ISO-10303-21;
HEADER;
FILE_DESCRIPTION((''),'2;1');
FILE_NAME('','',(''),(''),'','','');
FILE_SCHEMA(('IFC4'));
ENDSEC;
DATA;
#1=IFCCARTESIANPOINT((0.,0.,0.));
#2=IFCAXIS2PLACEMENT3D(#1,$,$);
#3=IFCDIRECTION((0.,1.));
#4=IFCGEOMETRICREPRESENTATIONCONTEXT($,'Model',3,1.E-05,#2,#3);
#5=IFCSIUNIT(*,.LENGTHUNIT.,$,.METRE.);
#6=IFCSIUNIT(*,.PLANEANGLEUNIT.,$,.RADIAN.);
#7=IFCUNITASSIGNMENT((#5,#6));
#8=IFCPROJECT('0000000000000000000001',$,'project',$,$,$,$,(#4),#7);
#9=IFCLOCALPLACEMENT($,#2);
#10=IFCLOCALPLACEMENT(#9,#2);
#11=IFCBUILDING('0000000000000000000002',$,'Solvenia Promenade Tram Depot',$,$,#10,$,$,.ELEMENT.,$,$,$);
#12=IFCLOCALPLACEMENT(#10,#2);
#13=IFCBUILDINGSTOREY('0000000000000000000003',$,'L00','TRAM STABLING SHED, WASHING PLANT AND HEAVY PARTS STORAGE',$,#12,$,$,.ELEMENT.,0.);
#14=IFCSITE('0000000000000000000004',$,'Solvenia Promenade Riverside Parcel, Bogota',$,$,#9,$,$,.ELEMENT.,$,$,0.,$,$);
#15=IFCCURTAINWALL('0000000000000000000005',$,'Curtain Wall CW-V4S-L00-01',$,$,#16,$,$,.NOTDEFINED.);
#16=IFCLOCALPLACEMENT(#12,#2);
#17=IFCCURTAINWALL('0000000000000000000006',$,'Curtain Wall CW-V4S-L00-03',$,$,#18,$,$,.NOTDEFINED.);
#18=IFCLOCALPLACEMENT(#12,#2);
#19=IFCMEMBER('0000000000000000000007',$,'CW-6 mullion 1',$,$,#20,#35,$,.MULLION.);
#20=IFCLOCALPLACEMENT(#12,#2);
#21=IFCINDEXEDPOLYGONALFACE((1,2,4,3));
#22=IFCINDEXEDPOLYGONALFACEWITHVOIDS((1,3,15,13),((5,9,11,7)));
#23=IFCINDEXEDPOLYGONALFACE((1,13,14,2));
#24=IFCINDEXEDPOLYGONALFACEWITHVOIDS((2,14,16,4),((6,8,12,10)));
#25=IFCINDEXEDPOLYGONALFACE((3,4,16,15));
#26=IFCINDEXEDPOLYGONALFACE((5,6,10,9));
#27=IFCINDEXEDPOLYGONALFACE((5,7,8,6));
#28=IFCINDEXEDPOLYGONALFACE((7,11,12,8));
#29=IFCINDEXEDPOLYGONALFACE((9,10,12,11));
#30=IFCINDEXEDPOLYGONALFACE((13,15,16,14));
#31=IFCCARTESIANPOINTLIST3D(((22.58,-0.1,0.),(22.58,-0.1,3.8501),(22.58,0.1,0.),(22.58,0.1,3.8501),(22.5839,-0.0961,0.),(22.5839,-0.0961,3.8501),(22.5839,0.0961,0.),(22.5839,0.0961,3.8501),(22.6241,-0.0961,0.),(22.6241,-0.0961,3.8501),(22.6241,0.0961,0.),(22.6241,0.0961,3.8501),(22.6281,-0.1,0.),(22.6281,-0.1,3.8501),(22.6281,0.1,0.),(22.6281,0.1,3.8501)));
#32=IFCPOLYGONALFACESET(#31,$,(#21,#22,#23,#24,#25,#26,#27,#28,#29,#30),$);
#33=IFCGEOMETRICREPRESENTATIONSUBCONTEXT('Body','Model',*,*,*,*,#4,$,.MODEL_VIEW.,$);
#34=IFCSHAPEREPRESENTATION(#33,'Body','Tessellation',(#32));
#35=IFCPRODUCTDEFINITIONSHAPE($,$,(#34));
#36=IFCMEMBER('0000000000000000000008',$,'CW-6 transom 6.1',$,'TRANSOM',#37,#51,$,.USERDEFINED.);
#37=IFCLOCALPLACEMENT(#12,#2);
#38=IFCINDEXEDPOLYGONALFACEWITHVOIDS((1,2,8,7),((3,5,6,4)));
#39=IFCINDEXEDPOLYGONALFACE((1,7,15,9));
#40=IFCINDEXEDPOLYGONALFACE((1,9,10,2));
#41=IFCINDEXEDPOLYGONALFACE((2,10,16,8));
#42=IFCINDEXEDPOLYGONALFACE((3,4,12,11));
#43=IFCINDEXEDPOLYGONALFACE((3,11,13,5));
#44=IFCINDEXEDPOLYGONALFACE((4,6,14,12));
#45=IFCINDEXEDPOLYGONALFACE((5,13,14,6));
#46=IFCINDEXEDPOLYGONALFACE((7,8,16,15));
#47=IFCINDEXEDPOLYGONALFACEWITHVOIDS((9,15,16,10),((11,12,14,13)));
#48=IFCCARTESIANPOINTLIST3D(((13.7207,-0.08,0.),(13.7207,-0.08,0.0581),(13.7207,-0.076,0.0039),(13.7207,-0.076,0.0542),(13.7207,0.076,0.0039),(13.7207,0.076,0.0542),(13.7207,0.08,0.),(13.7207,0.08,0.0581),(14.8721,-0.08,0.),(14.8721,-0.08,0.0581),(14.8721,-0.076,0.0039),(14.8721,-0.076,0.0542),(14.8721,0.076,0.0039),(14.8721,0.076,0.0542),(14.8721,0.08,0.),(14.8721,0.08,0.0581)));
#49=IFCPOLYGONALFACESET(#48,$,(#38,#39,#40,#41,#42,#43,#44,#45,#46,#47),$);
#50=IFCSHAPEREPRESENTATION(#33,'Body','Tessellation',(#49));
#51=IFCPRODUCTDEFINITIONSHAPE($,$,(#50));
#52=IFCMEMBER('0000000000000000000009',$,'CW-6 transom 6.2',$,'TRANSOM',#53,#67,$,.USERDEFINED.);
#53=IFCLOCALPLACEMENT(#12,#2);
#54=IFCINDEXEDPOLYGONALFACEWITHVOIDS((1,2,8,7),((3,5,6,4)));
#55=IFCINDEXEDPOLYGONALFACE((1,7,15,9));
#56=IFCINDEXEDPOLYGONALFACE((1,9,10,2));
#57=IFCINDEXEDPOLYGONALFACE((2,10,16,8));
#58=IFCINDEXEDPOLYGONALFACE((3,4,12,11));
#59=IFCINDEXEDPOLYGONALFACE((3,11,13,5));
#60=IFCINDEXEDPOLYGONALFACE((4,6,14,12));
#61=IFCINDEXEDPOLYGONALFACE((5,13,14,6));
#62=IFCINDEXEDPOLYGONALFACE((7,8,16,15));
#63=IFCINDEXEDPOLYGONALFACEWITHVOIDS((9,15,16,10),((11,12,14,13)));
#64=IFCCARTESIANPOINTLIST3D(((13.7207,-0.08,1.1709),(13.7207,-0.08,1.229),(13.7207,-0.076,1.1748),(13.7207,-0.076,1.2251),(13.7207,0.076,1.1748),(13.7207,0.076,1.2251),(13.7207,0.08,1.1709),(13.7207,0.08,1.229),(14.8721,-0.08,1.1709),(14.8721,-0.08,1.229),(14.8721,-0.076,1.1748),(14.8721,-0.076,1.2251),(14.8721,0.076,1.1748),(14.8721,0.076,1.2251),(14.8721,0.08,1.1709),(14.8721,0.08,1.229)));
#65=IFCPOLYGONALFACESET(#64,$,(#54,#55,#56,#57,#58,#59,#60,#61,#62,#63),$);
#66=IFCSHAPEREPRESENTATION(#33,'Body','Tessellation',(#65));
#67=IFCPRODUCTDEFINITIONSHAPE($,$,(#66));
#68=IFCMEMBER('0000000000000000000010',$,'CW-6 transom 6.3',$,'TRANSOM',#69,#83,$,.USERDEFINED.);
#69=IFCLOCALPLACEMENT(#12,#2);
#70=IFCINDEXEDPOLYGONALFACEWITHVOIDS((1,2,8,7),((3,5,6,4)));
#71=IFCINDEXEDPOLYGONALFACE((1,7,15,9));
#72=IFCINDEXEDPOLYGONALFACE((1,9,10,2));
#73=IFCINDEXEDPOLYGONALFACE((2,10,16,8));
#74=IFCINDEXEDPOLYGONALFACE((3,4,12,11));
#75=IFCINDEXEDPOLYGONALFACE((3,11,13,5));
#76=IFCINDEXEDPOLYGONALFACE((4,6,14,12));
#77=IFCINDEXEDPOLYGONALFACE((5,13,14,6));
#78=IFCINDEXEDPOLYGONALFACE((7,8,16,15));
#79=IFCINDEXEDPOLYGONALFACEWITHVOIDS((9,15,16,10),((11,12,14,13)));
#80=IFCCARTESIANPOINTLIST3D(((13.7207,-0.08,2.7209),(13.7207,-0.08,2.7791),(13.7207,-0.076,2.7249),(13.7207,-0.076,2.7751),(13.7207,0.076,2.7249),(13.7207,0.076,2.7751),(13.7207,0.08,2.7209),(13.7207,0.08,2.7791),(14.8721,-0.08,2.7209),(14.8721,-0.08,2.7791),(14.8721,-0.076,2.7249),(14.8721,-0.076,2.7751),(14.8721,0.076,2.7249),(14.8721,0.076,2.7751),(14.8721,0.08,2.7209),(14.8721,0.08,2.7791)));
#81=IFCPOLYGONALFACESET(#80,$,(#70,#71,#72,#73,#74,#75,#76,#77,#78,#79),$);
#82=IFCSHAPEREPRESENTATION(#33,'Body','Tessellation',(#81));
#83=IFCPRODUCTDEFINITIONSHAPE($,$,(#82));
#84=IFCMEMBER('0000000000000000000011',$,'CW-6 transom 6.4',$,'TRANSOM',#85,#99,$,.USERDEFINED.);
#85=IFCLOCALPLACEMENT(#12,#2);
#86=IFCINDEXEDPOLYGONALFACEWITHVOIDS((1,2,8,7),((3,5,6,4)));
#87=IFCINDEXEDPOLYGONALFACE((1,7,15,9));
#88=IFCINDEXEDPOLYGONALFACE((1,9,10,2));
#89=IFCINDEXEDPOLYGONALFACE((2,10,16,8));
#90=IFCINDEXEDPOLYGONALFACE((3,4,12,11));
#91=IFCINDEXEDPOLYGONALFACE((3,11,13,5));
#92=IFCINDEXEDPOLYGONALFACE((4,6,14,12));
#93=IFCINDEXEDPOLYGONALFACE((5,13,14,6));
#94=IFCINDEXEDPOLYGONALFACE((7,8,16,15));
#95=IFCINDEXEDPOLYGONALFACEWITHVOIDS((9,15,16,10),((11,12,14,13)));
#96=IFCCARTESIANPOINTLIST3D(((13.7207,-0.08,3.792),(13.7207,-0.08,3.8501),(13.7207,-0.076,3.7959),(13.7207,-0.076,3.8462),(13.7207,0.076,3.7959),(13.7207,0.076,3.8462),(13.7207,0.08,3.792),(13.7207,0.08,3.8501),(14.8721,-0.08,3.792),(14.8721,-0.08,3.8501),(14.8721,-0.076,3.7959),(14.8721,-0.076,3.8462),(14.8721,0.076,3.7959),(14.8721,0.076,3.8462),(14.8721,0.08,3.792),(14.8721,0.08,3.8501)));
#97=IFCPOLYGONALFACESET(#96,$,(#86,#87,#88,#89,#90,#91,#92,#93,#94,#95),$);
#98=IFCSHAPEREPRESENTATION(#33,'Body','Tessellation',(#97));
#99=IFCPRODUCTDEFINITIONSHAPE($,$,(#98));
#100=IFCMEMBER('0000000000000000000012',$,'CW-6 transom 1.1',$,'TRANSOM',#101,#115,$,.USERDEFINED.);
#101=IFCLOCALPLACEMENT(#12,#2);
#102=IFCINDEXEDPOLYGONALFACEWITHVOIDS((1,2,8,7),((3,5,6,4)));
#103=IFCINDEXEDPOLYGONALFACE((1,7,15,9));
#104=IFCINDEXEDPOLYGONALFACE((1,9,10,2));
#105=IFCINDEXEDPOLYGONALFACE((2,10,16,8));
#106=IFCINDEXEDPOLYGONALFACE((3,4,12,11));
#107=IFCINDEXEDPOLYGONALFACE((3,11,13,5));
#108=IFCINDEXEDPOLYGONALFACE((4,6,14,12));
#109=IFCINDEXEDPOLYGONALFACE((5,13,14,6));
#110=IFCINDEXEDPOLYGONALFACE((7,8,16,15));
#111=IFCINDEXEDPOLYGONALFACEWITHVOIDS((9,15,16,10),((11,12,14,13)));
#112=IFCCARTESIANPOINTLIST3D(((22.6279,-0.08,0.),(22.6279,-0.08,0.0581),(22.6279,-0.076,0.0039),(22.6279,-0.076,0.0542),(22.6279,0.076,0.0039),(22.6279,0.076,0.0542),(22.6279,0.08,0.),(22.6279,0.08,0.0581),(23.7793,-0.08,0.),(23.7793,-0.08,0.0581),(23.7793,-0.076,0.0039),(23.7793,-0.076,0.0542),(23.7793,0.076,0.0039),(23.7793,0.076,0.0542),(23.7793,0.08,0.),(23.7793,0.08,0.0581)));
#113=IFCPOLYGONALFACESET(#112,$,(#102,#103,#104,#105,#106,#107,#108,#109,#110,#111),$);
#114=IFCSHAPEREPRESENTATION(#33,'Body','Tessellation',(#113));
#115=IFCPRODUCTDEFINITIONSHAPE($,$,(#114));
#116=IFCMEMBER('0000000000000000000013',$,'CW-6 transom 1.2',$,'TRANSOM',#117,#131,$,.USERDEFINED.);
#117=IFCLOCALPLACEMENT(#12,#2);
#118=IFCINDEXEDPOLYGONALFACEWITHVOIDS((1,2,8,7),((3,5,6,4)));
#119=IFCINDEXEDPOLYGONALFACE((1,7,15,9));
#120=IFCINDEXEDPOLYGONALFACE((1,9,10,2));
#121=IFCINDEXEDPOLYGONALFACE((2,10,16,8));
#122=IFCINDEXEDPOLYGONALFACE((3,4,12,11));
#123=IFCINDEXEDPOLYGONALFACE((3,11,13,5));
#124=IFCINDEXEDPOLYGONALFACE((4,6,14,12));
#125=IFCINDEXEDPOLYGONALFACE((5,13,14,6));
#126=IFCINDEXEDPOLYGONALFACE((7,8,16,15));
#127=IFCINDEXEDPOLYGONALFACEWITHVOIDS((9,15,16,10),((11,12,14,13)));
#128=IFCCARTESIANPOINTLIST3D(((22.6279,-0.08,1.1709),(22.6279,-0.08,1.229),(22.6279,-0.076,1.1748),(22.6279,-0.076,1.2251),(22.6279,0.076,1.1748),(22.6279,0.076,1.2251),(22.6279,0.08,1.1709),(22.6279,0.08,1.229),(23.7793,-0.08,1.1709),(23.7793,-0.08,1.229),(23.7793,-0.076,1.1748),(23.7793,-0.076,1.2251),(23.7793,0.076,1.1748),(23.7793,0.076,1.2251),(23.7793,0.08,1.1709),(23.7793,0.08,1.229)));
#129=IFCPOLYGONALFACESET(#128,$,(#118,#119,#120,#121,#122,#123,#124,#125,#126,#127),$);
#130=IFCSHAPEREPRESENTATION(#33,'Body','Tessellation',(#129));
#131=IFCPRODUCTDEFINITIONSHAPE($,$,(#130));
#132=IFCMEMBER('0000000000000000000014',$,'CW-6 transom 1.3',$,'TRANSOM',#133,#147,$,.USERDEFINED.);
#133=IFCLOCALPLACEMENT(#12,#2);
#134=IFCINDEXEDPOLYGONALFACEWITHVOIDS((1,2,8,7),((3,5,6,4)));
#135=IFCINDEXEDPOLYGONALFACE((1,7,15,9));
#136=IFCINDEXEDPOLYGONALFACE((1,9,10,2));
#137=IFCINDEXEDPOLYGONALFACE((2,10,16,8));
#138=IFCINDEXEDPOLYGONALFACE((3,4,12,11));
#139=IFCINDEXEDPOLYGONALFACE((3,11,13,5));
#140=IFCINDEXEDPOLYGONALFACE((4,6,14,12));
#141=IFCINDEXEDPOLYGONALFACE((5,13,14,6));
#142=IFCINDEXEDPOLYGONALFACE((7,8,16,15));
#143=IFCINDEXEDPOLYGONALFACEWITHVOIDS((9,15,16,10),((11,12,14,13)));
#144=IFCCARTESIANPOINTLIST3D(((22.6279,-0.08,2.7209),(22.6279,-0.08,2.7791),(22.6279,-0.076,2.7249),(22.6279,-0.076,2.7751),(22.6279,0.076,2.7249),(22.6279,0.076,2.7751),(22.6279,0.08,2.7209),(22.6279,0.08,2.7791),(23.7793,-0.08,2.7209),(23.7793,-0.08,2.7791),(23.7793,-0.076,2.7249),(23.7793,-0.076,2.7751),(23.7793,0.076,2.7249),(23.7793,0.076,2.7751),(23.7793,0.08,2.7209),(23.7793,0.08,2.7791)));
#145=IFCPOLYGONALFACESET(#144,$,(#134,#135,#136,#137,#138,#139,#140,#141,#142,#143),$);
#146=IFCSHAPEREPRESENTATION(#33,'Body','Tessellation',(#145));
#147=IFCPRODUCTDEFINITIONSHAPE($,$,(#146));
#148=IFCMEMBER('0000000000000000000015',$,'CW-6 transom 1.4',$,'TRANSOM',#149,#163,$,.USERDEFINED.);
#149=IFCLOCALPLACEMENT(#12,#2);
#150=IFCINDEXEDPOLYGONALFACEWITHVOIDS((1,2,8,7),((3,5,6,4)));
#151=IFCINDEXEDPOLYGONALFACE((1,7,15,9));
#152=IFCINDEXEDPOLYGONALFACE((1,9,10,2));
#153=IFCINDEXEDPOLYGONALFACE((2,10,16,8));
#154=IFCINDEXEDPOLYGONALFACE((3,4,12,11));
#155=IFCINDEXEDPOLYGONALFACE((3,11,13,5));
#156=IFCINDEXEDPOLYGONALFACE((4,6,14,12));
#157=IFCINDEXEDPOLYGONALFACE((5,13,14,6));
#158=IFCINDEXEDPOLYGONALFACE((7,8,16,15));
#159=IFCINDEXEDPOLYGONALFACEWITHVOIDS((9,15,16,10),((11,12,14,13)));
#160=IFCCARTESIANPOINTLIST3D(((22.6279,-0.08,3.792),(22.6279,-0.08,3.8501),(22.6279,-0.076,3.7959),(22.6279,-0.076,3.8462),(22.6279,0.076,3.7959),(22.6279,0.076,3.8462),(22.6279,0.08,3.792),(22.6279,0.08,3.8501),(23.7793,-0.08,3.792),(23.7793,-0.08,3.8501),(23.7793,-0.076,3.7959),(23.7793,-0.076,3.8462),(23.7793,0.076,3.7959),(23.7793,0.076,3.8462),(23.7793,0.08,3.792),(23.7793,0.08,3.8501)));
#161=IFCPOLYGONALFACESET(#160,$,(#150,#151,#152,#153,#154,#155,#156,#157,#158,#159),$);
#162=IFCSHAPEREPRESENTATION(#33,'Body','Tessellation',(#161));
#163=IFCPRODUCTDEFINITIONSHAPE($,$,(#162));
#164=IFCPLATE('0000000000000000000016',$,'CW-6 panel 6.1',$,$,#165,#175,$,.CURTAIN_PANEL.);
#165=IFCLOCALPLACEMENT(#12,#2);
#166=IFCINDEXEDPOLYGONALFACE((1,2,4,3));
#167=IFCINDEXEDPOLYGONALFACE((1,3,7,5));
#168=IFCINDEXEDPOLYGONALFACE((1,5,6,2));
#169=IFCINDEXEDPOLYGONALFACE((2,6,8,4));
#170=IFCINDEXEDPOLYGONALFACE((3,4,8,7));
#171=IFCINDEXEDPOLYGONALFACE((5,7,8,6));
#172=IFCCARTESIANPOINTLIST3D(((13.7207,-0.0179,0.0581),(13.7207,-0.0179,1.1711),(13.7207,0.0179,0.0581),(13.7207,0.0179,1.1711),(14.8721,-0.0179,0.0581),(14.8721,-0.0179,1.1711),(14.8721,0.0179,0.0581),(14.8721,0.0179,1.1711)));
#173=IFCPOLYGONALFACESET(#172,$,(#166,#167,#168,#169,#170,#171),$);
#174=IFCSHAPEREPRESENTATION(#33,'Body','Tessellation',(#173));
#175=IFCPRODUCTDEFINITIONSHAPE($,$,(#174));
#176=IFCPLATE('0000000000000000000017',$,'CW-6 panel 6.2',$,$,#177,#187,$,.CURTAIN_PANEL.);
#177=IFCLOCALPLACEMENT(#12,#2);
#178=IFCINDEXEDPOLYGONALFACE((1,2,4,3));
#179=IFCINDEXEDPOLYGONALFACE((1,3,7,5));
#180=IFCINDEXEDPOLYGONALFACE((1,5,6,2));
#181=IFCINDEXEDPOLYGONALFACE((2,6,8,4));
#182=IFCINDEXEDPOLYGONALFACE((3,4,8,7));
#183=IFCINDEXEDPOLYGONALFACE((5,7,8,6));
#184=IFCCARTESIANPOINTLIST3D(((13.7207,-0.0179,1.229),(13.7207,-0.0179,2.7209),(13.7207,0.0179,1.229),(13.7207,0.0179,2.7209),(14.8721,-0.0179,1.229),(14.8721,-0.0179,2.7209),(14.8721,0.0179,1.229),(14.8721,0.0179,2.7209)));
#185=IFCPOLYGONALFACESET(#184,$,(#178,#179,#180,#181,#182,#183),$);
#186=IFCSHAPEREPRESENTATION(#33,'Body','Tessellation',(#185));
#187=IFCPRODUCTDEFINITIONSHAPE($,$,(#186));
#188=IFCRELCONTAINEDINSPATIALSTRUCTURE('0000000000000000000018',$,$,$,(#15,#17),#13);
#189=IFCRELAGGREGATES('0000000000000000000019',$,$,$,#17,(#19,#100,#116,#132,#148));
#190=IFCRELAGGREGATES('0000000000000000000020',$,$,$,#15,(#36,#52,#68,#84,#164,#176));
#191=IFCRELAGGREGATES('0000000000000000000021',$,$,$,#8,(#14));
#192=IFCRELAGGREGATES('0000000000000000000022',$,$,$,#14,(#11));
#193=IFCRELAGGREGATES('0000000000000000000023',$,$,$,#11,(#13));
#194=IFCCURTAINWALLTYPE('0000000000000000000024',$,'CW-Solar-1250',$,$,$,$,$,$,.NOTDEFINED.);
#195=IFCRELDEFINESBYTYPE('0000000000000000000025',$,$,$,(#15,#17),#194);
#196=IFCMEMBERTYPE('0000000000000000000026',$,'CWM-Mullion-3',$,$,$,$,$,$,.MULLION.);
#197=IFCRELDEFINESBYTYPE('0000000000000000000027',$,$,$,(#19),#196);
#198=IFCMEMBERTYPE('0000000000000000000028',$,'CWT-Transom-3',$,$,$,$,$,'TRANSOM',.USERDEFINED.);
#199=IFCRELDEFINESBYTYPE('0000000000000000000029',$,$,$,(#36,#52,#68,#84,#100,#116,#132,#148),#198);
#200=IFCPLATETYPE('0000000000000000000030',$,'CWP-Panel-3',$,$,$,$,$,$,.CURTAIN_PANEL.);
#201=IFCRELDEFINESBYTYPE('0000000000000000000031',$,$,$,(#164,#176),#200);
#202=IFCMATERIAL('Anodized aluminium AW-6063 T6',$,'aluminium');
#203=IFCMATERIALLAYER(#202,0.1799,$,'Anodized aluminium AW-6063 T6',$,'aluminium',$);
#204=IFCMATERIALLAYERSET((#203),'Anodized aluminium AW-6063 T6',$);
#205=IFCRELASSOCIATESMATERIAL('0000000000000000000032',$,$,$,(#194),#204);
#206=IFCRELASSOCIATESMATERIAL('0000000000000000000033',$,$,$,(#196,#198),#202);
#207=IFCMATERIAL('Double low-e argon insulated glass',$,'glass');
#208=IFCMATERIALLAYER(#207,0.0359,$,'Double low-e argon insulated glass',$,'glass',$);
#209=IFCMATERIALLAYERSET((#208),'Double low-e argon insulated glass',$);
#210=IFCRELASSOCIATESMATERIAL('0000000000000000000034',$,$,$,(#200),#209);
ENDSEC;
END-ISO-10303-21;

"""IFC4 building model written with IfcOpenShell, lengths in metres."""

from ifc_helpers import new_model, si_unit, direction, frame, origin, origin_2d, place, context, subcontext, project, spatial, rectangle, hollow_rectangle, extrude, material, layer, layer_set, material_profile, profile_set, type_object, element, aggregate, save


model = new_model("IFC4")

# Units and contexts
model_context = context("Model", 3, precision=1e-05, world=origin(), true_north=direction((0.0, 1.0)))
body_context = subcontext(model_context, "Body", "Model", "MODEL_VIEW")
ifc_project = project(units=[si_unit("LENGTHUNIT", "METRE"), si_unit("PLANEANGLEUNIT", "RADIAN")], contexts=[model_context])

# Site, building, storey
site_placement = place(None, origin())
site = spatial("IfcSite", under=ifc_project, at=site_placement, Name="Solvenia Promenade Riverside Parcel, Bogota", CompositionType="ELEMENT", RefElevation=0.0)
building_placement = place(site_placement, origin())
building = spatial("IfcBuilding", under=site, at=building_placement, Name="Solvenia Promenade Tram Depot", CompositionType="ELEMENT")
storey_placement = place(building_placement, origin())
storey = spatial("IfcBuildingStorey", under=building, at=storey_placement, Name="L00", Description="TRAM STABLING SHED, WASHING PLANT AND HEAVY PARTS STORAGE", CompositionType="ELEMENT", Elevation=0.0)

# Curtain walls, member
ifc_material_1 = material(Name="Anodized aluminium AW-6063 T6", Category="aluminium")
ifc_layer_1 = layer(ifc_material_1, 0.1799, Name="Anodized aluminium AW-6063 T6", Category="aluminium")
ifc_layer_set_1 = layer_set([ifc_layer_1], Name="Anodized aluminium AW-6063 T6")
curtain_wall_type = type_object("IfcCurtainWallType", Name="CW-Solar-1250", PredefinedType="NOTDEFINED", material=ifc_layer_set_1)
curtain_wall_1_placement = place(storey_placement, origin())
curtain_wall_1 = element("IfcCurtainWall", 1, at=curtain_wall_1_placement, inside=storey, type_object=curtain_wall_type, Name="Curtain Wall CW-V4S-L00-01", PredefinedType="NOTDEFINED")
ifc_material_profile_1 = material_profile(ifc_material_1, hollow_rectangle(XDim=0.2, YDim=0.0481, WallThickness=0.0039, at=origin_2d()), Name="ALU-M3", Category="aluminium")
ifc_profile_set_1 = profile_set([ifc_material_profile_1], Name="Anodized aluminium AW-6063 T6")
member_type_1 = type_object("IfcMemberType", Name="CWM-Mullion-3", PredefinedType="MULLION", material=ifc_profile_set_1)
curtain_wall_2_placement = place(storey_placement, origin())
curtain_wall_2 = element("IfcCurtainWall", 2, at=curtain_wall_2_placement, inside=storey, type_object=curtain_wall_type, Name="Curtain Wall CW-V4S-L00-03", PredefinedType="NOTDEFINED")
member_1_placement = place(storey_placement, frame((22.604, 0.0, 0.0), z_axis=(0.0, 0.0, 1.0), x_axis=(0.0, 1.0, 0.0)))
member_1 = element("IfcMember", 3, at=member_1_placement, type_object=member_type_1, Name="CW-6 mullion 1", PredefinedType="MULLION", context=body_context, shape_type="SweptSolid", body=[
    extrude(hollow_rectangle(XDim=0.2, YDim=0.0481, WallThickness=0.0039, at=origin_2d()), origin(), (0.0, 0.0, 1.0), 3.8501),
])

# Members
ifc_material_profile_2 = material_profile(ifc_material_1, hollow_rectangle(XDim=0.1599, YDim=0.0581, WallThickness=0.0039, at=origin_2d()), Name="ALU-T3", Category="aluminium")
ifc_profile_set_2 = profile_set([ifc_material_profile_2], Name="Anodized aluminium AW-6063 T6")
member_type_2 = type_object("IfcMemberType", Name="CWT-Transom-3", ElementType="TRANSOM", PredefinedType="USERDEFINED", material=ifc_profile_set_2)
member_2_placement = place(storey_placement, frame((13.7207, 0.0, 0.0291), z_axis=(1.0, 0.0, 0.0), x_axis=(0.0, 1.0, 0.0)))
member_2 = element("IfcMember", 4, at=member_2_placement, type_object=member_type_2, Name="CW-6 transom 6.1", ObjectType="TRANSOM", PredefinedType="USERDEFINED", context=body_context, shape_type="SweptSolid", body=[
    extrude(hollow_rectangle(XDim=0.1599, YDim=0.0581, WallThickness=0.0039, at=origin_2d()), origin(), (0.0, 0.0, 1.0), 1.1514),
])
member_3_placement = place(storey_placement, frame((13.7207, 0.0, 1.2), z_axis=(1.0, 0.0, 0.0), x_axis=(0.0, 1.0, 0.0)))
member_3 = element("IfcMember", 5, at=member_3_placement, type_object=member_type_2, Name="CW-6 transom 6.2", ObjectType="TRANSOM", PredefinedType="USERDEFINED", context=body_context, shape_type="SweptSolid", body=[
    extrude(hollow_rectangle(XDim=0.1599, YDim=0.0581, WallThickness=0.0039, at=origin_2d()), origin(), (0.0, 0.0, 1.0), 1.1514),
])
member_4_placement = place(storey_placement, frame((13.7207, 0.0, 2.75), z_axis=(1.0, 0.0, 0.0), x_axis=(0.0, 1.0, 0.0)))
member_4 = element("IfcMember", 6, at=member_4_placement, type_object=member_type_2, Name="CW-6 transom 6.3", ObjectType="TRANSOM", PredefinedType="USERDEFINED", context=body_context, shape_type="SweptSolid", body=[
    extrude(hollow_rectangle(XDim=0.1599, YDim=0.0581, WallThickness=0.0039, at=origin_2d()), origin(), (0.0, 0.0, 1.0), 1.1514),
])
member_5_placement = place(storey_placement, frame((13.7207, 0.0, 3.821), z_axis=(1.0, 0.0, 0.0), x_axis=(0.0, 1.0, 0.0)))
member_5 = element("IfcMember", 7, at=member_5_placement, type_object=member_type_2, Name="CW-6 transom 6.4", ObjectType="TRANSOM", PredefinedType="USERDEFINED", context=body_context, shape_type="SweptSolid", body=[
    extrude(hollow_rectangle(XDim=0.1599, YDim=0.0581, WallThickness=0.0039, at=origin_2d()), origin(), (0.0, 0.0, 1.0), 1.1514),
])
member_6_placement = place(storey_placement, frame((22.6279, 0.0, 0.0291), z_axis=(1.0, 0.0, 0.0), x_axis=(0.0, 1.0, 0.0)))
member_6 = element("IfcMember", 8, at=member_6_placement, type_object=member_type_2, Name="CW-6 transom 1.1", ObjectType="TRANSOM", PredefinedType="USERDEFINED", context=body_context, shape_type="SweptSolid", body=[
    extrude(hollow_rectangle(XDim=0.1599, YDim=0.0581, WallThickness=0.0039, at=origin_2d()), origin(), (0.0, 0.0, 1.0), 1.1514),
])
member_7_placement = place(storey_placement, frame((22.6279, 0.0, 1.2), z_axis=(1.0, 0.0, 0.0), x_axis=(0.0, 1.0, 0.0)))
member_7 = element("IfcMember", 9, at=member_7_placement, type_object=member_type_2, Name="CW-6 transom 1.2", ObjectType="TRANSOM", PredefinedType="USERDEFINED", context=body_context, shape_type="SweptSolid", body=[
    extrude(hollow_rectangle(XDim=0.1599, YDim=0.0581, WallThickness=0.0039, at=origin_2d()), origin(), (0.0, 0.0, 1.0), 1.1514),
])
member_8_placement = place(storey_placement, frame((22.6279, 0.0, 2.75), z_axis=(1.0, 0.0, 0.0), x_axis=(0.0, 1.0, 0.0)))
member_8 = element("IfcMember", 10, at=member_8_placement, type_object=member_type_2, Name="CW-6 transom 1.3", ObjectType="TRANSOM", PredefinedType="USERDEFINED", context=body_context, shape_type="SweptSolid", body=[
    extrude(hollow_rectangle(XDim=0.1599, YDim=0.0581, WallThickness=0.0039, at=origin_2d()), origin(), (0.0, 0.0, 1.0), 1.1514),
])
member_9_placement = place(storey_placement, frame((22.6279, 0.0, 3.821), z_axis=(1.0, 0.0, 0.0), x_axis=(0.0, 1.0, 0.0)))
member_9 = element("IfcMember", 11, at=member_9_placement, type_object=member_type_2, Name="CW-6 transom 1.4", ObjectType="TRANSOM", PredefinedType="USERDEFINED", context=body_context, shape_type="SweptSolid", body=[
    extrude(hollow_rectangle(XDim=0.1599, YDim=0.0581, WallThickness=0.0039, at=origin_2d()), origin(), (0.0, 0.0, 1.0), 1.1514),
])
aggregate(curtain_wall_2, [member_1, member_6, member_7, member_8, member_9])

# Plates
ifc_material_2 = material(Name="Double low-e argon insulated glass", Category="glass")
ifc_layer_2 = layer(ifc_material_2, 0.0359, Name="Double low-e argon insulated glass", Category="glass")
ifc_layer_set_2 = layer_set([ifc_layer_2], Name="Double low-e argon insulated glass")
plate_type = type_object("IfcPlateType", Name="CWP-Panel-3", PredefinedType="CURTAIN_PANEL", material=ifc_layer_set_2)
plate_1_placement = place(storey_placement, frame((14.2964, 0.0, 0.0581), z_axis=(0.0, 0.0, 1.0), x_axis=(1.0, 0.0, 0.0)))
plate_1 = element("IfcPlate", 12, at=plate_1_placement, type_object=plate_type, Name="CW-6 panel 6.1", PredefinedType="CURTAIN_PANEL", context=body_context, shape_type="SweptSolid", body=[
    extrude(rectangle(XDim=1.1514, YDim=0.0359, at=origin_2d()), origin(), (0.0, 0.0, 1.0), 1.113),
])
plate_2_placement = place(storey_placement, frame((14.2964, 0.0, 1.229), z_axis=(0.0, 0.0, 1.0), x_axis=(1.0, 0.0, 0.0)))
plate_2 = element("IfcPlate", 13, at=plate_2_placement, type_object=plate_type, Name="CW-6 panel 6.2", PredefinedType="CURTAIN_PANEL", context=body_context, shape_type="SweptSolid", body=[
    extrude(rectangle(XDim=1.1514, YDim=0.0359, at=origin_2d()), origin(), (0.0, 0.0, 1.0), 1.4919),
])
aggregate(curtain_wall_1, [member_2, member_3, member_4, member_5, plate_1, plate_2])

save(model, "model.ifc")
